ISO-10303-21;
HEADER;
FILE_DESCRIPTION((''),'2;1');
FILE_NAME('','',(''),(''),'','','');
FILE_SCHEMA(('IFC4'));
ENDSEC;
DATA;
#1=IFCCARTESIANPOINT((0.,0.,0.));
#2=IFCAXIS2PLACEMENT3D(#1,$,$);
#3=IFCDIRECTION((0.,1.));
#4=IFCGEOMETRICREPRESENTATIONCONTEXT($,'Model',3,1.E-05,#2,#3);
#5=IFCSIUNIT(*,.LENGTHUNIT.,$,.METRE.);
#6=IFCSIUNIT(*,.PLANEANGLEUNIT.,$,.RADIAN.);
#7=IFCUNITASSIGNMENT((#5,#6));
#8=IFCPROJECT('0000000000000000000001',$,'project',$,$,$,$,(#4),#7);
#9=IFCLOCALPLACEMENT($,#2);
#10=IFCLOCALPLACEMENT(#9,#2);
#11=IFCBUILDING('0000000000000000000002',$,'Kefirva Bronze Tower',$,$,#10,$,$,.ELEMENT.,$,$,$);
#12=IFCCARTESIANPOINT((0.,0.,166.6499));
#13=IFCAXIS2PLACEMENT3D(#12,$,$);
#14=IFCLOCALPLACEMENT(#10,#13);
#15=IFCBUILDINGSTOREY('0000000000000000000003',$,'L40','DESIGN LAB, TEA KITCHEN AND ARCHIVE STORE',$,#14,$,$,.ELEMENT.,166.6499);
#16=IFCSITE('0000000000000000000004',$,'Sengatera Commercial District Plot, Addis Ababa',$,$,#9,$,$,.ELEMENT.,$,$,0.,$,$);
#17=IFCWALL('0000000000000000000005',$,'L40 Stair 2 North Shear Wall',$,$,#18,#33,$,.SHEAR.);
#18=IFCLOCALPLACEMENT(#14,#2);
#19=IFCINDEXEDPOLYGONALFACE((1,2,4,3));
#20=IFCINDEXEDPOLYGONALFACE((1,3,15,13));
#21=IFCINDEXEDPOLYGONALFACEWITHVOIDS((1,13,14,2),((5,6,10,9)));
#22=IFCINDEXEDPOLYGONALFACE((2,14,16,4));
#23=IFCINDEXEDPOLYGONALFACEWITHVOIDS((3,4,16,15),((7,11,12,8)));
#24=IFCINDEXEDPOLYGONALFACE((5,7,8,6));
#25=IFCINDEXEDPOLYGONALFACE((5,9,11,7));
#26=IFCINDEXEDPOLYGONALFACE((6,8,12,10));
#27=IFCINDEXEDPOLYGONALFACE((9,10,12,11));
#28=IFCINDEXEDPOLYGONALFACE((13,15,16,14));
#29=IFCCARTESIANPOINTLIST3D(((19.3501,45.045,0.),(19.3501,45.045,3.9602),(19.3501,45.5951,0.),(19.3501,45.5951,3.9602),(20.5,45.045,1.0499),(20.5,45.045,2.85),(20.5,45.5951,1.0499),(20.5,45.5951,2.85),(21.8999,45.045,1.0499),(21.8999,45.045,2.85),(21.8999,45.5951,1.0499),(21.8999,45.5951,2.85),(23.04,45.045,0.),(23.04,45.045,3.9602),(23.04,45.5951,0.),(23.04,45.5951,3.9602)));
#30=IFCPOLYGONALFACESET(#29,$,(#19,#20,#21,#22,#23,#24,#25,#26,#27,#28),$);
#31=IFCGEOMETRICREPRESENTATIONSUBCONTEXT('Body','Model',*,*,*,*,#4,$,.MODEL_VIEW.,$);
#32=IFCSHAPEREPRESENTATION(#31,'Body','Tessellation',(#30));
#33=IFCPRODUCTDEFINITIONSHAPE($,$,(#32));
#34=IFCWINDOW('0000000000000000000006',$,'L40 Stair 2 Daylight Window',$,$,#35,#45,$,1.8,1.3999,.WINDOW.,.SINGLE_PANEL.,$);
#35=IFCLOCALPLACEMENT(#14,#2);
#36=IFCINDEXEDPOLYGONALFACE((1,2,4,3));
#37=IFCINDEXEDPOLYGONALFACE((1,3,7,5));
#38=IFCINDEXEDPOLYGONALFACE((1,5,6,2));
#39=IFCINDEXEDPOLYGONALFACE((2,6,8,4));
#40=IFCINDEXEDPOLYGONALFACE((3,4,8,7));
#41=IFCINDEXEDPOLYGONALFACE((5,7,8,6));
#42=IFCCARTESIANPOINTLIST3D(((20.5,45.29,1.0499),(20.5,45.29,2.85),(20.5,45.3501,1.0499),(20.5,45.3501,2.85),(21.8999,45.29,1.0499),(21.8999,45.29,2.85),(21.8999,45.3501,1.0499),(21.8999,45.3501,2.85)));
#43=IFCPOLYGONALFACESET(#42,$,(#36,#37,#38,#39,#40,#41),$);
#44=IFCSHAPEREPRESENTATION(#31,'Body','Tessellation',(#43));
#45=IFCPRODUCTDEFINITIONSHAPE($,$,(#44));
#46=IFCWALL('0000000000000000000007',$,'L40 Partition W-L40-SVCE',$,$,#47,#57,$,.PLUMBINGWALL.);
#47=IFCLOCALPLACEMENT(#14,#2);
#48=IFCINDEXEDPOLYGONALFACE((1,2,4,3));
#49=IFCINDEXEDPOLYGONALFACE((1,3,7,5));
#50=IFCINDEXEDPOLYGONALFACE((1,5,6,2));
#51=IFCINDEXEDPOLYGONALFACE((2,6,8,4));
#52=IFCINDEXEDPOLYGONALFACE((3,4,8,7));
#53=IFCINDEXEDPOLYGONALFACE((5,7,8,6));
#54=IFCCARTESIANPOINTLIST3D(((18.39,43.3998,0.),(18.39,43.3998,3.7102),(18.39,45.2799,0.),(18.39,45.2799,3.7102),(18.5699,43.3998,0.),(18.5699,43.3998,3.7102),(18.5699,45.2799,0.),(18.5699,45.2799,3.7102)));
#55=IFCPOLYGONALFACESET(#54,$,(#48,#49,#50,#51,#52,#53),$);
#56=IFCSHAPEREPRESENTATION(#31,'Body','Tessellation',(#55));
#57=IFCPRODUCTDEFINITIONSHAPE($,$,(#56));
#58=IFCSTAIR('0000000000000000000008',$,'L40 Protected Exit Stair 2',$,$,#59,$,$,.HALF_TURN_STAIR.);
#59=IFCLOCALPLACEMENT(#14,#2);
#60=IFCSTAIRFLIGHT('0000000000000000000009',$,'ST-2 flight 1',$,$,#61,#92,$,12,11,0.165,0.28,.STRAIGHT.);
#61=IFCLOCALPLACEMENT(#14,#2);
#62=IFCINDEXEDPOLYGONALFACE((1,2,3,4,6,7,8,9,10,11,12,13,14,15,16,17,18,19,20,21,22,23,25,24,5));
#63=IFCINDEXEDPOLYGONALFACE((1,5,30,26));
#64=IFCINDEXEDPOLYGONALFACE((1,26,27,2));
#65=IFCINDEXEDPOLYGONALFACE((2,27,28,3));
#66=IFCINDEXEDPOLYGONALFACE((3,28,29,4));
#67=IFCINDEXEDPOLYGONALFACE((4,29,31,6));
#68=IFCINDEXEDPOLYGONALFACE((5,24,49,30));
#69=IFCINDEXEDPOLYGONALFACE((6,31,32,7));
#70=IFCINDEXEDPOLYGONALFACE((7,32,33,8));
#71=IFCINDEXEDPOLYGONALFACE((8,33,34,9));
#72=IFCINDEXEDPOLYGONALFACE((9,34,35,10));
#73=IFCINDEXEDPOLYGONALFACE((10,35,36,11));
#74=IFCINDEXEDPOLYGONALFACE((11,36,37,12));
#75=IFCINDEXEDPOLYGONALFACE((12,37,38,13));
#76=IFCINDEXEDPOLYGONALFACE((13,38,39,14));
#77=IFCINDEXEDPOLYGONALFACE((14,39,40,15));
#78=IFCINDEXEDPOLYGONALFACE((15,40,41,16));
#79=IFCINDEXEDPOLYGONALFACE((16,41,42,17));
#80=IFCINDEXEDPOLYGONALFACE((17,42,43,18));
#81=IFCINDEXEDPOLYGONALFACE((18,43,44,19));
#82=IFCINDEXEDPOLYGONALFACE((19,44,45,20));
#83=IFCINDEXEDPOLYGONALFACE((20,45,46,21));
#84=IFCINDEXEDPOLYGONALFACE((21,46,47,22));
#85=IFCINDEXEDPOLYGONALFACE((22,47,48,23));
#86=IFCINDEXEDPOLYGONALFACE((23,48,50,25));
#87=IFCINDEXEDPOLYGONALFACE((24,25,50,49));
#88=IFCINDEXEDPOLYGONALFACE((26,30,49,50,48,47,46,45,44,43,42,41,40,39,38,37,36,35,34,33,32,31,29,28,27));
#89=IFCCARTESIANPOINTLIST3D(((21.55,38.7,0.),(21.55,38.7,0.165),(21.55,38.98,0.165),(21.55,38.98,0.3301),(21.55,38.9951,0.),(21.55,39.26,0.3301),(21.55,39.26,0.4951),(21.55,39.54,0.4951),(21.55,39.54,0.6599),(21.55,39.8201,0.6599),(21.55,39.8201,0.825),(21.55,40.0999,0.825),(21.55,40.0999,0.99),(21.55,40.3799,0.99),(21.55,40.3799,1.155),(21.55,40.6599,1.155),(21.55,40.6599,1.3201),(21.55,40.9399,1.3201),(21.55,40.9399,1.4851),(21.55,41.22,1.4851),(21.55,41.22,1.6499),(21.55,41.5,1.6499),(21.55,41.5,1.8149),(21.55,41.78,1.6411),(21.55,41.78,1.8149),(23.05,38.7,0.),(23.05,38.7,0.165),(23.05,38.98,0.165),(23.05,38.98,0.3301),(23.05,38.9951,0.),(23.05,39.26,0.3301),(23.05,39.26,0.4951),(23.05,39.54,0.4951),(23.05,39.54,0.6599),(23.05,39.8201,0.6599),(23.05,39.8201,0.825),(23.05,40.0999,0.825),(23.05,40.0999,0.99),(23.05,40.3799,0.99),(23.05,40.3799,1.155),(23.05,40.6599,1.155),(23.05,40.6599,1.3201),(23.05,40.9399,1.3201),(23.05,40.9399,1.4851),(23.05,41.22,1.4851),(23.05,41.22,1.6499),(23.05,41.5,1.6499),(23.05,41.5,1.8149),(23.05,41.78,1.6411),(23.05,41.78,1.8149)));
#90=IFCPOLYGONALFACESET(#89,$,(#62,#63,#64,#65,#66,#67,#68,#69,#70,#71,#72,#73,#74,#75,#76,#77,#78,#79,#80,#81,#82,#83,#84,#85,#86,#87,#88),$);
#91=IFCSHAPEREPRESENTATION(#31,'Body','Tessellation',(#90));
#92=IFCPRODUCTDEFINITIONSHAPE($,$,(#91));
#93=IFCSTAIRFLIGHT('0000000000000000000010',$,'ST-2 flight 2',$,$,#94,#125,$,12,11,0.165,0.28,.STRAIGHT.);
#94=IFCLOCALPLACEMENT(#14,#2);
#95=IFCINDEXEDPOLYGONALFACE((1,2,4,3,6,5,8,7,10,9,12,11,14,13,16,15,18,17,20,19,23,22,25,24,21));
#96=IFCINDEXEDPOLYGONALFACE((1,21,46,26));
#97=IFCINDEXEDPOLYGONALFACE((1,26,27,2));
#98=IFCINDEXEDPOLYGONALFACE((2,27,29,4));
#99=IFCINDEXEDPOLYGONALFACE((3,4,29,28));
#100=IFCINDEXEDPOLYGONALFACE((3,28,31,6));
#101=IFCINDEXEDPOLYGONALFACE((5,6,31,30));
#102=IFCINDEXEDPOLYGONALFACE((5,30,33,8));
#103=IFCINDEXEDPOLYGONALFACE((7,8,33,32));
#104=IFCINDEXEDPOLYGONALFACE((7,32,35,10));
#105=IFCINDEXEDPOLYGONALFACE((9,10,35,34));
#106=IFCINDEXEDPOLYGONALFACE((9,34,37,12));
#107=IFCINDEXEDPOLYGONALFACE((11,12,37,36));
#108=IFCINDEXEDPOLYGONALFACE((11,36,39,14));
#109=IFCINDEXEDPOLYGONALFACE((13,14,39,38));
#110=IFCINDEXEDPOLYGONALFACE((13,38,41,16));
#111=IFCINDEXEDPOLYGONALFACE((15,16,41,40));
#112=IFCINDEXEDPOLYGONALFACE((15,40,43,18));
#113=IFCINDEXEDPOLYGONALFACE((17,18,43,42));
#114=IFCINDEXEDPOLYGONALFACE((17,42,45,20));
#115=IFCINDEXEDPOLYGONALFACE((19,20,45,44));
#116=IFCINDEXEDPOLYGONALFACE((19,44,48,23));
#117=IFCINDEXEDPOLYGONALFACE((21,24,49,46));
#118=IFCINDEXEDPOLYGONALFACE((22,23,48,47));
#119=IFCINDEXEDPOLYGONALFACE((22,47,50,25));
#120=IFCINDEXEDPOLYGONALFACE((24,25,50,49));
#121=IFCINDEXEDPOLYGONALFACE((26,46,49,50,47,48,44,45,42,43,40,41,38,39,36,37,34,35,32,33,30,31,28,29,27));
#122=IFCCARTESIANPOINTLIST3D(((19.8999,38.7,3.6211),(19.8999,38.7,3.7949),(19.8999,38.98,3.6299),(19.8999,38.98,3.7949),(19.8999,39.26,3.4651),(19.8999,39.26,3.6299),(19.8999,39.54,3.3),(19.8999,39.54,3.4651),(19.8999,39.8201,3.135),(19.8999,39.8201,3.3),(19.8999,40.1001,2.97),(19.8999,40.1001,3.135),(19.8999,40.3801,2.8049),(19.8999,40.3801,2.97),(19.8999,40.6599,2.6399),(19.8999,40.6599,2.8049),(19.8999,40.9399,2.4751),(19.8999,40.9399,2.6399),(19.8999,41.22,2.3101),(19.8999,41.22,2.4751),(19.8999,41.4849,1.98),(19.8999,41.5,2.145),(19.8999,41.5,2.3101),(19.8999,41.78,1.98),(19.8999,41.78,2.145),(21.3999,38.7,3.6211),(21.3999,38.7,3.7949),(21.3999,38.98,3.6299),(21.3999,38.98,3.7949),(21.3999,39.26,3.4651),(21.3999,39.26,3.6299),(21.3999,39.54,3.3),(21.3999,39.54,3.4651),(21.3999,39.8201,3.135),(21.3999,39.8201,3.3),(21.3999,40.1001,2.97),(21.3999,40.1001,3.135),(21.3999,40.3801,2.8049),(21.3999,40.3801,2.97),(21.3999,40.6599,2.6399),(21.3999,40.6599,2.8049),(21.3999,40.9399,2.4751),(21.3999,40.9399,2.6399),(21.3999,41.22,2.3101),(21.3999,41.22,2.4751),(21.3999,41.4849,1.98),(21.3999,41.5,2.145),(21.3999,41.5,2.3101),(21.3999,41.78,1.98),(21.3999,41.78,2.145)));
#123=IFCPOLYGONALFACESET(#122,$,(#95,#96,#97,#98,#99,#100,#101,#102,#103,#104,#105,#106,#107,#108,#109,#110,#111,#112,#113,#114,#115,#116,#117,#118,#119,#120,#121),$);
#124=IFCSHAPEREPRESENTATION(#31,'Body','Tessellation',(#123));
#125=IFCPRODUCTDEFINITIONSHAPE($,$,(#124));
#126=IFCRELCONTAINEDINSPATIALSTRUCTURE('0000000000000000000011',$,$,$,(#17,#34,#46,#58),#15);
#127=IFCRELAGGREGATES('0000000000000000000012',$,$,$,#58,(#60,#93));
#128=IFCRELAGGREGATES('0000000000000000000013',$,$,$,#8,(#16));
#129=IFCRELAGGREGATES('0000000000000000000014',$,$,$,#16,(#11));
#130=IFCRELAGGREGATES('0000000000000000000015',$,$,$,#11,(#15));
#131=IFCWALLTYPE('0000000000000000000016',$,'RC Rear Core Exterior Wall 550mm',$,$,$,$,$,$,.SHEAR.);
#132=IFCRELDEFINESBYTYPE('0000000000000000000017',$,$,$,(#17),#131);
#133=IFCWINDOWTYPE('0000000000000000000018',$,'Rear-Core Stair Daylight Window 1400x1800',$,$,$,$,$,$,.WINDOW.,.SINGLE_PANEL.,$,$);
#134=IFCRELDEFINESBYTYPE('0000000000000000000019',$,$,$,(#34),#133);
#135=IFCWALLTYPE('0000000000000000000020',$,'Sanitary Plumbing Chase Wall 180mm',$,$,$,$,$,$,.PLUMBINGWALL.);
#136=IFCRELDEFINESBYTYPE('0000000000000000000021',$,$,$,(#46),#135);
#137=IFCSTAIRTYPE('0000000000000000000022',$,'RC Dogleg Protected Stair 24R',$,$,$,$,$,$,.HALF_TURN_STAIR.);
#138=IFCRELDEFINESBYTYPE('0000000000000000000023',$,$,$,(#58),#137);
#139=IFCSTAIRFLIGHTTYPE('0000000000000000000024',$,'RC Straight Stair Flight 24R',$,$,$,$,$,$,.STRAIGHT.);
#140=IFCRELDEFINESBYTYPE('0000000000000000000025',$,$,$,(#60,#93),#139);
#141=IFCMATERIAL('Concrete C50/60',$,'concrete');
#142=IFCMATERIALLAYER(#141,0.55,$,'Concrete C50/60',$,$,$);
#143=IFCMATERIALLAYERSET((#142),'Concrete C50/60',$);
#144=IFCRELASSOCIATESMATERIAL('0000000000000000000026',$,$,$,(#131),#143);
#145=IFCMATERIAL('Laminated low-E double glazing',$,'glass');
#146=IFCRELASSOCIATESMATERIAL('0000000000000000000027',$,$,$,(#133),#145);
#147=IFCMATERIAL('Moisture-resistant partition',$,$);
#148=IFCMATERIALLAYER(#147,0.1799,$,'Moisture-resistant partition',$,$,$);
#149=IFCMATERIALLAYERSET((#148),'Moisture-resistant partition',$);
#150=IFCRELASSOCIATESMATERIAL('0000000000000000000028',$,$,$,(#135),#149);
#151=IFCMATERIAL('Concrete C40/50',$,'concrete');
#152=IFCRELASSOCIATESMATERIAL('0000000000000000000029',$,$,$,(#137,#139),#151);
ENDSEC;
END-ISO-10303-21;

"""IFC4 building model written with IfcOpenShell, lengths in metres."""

from ifc_helpers import new_model, si_unit, direction, frame, frame_2d, origin, place, context, subcontext, project, spatial, polyline, rectangle, outline, extrude, material, layer, layer_set, type_object, element, fill, aggregate, save


model = new_model("IFC4")

# Units and contexts
model_context = context("Model", 3, precision=1e-05, world=origin(), true_north=direction((0.0, 1.0)))
body_context = subcontext(model_context, "Body", "Model", "MODEL_VIEW")
ifc_project = project(units=[si_unit("LENGTHUNIT", "METRE"), si_unit("PLANEANGLEUNIT", "RADIAN")], contexts=[model_context])

# Site, building, storey
site_placement = place(None, origin())
site = spatial("IfcSite", under=ifc_project, at=site_placement, Name="Sengatera Commercial District Plot, Addis Ababa", CompositionType="ELEMENT", RefElevation=0.0)
building_placement = place(site_placement, origin())
building = spatial("IfcBuilding", under=site, at=building_placement, Name="Kefirva Bronze Tower", CompositionType="ELEMENT")
storey_placement = place(building_placement, frame((0.0, 0.0, 166.6499)))
storey = spatial("IfcBuildingStorey", under=building, at=storey_placement, Name="L40", Description="DESIGN LAB, TEA KITCHEN AND ARCHIVE STORE", CompositionType="ELEMENT", Elevation=166.6499)

# Shared definitions
ifc_material_1 = material(Name="Concrete C50/60", Category="concrete")

# Shared definitions
ifc_material_2 = material(Name="Laminated low-E double glazing", Category="glass")

# Wall, opening, window
ifc_layer_1 = layer(ifc_material_1, 0.55, Name="Concrete C50/60")
ifc_layer_set_1 = layer_set([ifc_layer_1], Name="Concrete C50/60")
wall_type_1 = type_object("IfcWallType", Name="RC Rear Core Exterior Wall 550mm", PredefinedType="SHEAR", material=ifc_layer_set_1)
wall_1_placement = place(storey_placement, frame((19.3501, 45.3201, 0.0), z_axis=(0.0, 0.0, 1.0), x_axis=(1.0, 0.0, 0.0)))
wall_1 = element("IfcWall", 1, at=wall_1_placement, inside=storey, type_object=wall_type_1, Name="L40 Stair 2 North Shear Wall", PredefinedType="SHEAR", context=body_context, shape_type="SweptSolid", body=[
    extrude(rectangle(XDim=3.6899, YDim=0.55, at=frame_2d((1.845, 0.0))), origin(), (0.0, 0.0, 1.0), 3.9602),
])
opening_placement = place(wall_1_placement, frame((1.1499, 0.0, 1.05)))
opening = element("IfcOpeningElement", 2, at=opening_placement, cuts=wall_1, PredefinedType="OPENING", context=body_context, shape_type="SweptSolid", body=[
    extrude(rectangle(XDim=1.3999, YDim=1.8, at=frame_2d((0.7, 0.8999))), frame((0.0, 0.2852, 0.0), z_axis=(0.0, -1.0, 0.0), x_axis=(1.0, 0.0, 0.0)), (0.0, 0.0, 1.0), 0.5701),
])
window_type = type_object("IfcWindowType", Name="Rear-Core Stair Daylight Window 1400x1800", PartitioningType="SINGLE_PANEL", PredefinedType="WINDOW", material=ifc_material_2)
window_placement = place(opening_placement, origin())
window = element("IfcWindow", 3, at=window_placement, inside=storey, type_object=window_type, Name="L40 Stair 2 Daylight Window", OverallHeight=1.8, OverallWidth=1.3999, PartitioningType="SINGLE_PANEL", PredefinedType="WINDOW", context=body_context, shape_type="SweptSolid", body=[
    extrude(rectangle(XDim=1.3999, YDim=1.8, at=frame_2d((0.7, 0.8999))), frame((0.0, 0.03, 0.0), z_axis=(0.0, -1.0, 0.0), x_axis=(1.0, 0.0, 0.0)), (0.0, 0.0, 1.0), 0.0601),
])
fill(opening, window)

# Wall
ifc_material_3 = material(Name="Moisture-resistant partition")
ifc_layer_2 = layer(ifc_material_3, 0.1799, Name="Moisture-resistant partition")
ifc_layer_set_2 = layer_set([ifc_layer_2], Name="Moisture-resistant partition")
wall_type_2 = type_object("IfcWallType", Name="Sanitary Plumbing Chase Wall 180mm", PredefinedType="PLUMBINGWALL", material=ifc_layer_set_2)
wall_2_placement = place(storey_placement, frame((18.48, 43.3999, 0.0), z_axis=(0.0, 0.0, 1.0), x_axis=(0.0, 1.0, 0.0)))
element("IfcWall", 4, at=wall_2_placement, inside=storey, type_object=wall_type_2, Name="L40 Partition W-L40-SVCE", PredefinedType="PLUMBINGWALL", context=body_context, shape_type="SweptSolid", body=[
    extrude(rectangle(XDim=1.8801, YDim=0.1799, at=frame_2d((0.9399, 0.0))), origin(), (0.0, 0.0, 1.0), 3.7102),
])

# Stair, stair flights
ifc_material_4 = material(Name="Concrete C40/50", Category="concrete")
stair_type = type_object("IfcStairType", Name="RC Dogleg Protected Stair 24R", PredefinedType="HALF_TURN_STAIR", material=ifc_material_4)
stair_placement = place(storey_placement, origin())
stair = element("IfcStair", 5, at=stair_placement, inside=storey, type_object=stair_type, Name="L40 Protected Exit Stair 2", PredefinedType="HALF_TURN_STAIR")
stair_flight_type = type_object("IfcStairFlightType", Name="RC Straight Stair Flight 24R", PredefinedType="STRAIGHT", material=ifc_material_4)
stair_flight_1_placement = place(storey_placement, frame((22.3, 38.7, 0.0), z_axis=(0.0, 0.0, 1.0), x_axis=(0.0, 1.0, 0.0)))
stair_flight_1 = element("IfcStairFlight", 6, at=stair_flight_1_placement, type_object=stair_flight_type, Name="ST-2 flight 1", NumberOfRisers=12, NumberOfTreads=11, PredefinedType="STRAIGHT", RiserHeight=0.165, TreadLength=0.28, context=body_context, shape_type="SweptSolid", body=[
    extrude(outline(polyline([(0.0, 0.0), (0.0, 0.165), (0.28, 0.165), (0.28, 0.3301), (0.5601, 0.3301), (0.5601, 0.4951), (0.8401, 0.4951), (0.8401, 0.6599), (1.1201, 0.6599), (1.1201, 0.825), (1.3999, 0.825), (1.3999, 0.99), (1.6799, 0.99), (1.6799, 1.155), (1.96, 1.155), (1.96, 1.3201), (2.24, 1.3201), (2.24, 1.4851), (2.52, 1.4851), (2.52, 1.6499), (2.8, 1.6499), (2.8, 1.8149), (3.0801, 1.8149), (3.0801, 1.98), (3.0801, 1.6411), (0.2952, 0.0), (0.0, 0.0)])), frame((0.0, 0.75, 0.0), z_axis=(0.0, -1.0, 0.0), x_axis=(1.0, 0.0, 0.0)), (0.0, 0.0, 1.0), 1.5),
])
stair_flight_2_placement = place(storey_placement, frame((20.6499, 41.78, 1.98), z_axis=(0.0, 0.0, 1.0), x_axis=(0.0, -1.0, 0.0)))
stair_flight_2 = element("IfcStairFlight", 7, at=stair_flight_2_placement, type_object=stair_flight_type, Name="ST-2 flight 2", NumberOfRisers=12, NumberOfTreads=11, PredefinedType="STRAIGHT", RiserHeight=0.165, TreadLength=0.28, context=body_context, shape_type="SweptSolid", body=[
    extrude(outline(polyline([(0.0, 0.0), (0.0, 0.165), (0.28, 0.165), (0.28, 0.3301), (0.5601, 0.3301), (0.5601, 0.4951), (0.8401, 0.4951), (0.8401, 0.6599), (1.1201, 0.6599), (1.1201, 0.825), (1.3999, 0.825), (1.3999, 0.99), (1.6799, 0.99), (1.6799, 1.155), (1.96, 1.155), (1.96, 1.3201), (2.24, 1.3201), (2.24, 1.4851), (2.52, 1.4851), (2.52, 1.6499), (2.8, 1.6499), (2.8, 1.8149), (3.0801, 1.8149), (3.0801, 1.98), (3.0801, 1.6411), (0.2952, 0.0), (0.0, 0.0)])), frame((0.0, 0.75, 0.0), z_axis=(0.0, -1.0, 0.0), x_axis=(1.0, 0.0, 0.0)), (0.0, 0.0, 1.0), 1.5),
])
aggregate(stair, [stair_flight_1, stair_flight_2])

save(model, "model.ifc")
